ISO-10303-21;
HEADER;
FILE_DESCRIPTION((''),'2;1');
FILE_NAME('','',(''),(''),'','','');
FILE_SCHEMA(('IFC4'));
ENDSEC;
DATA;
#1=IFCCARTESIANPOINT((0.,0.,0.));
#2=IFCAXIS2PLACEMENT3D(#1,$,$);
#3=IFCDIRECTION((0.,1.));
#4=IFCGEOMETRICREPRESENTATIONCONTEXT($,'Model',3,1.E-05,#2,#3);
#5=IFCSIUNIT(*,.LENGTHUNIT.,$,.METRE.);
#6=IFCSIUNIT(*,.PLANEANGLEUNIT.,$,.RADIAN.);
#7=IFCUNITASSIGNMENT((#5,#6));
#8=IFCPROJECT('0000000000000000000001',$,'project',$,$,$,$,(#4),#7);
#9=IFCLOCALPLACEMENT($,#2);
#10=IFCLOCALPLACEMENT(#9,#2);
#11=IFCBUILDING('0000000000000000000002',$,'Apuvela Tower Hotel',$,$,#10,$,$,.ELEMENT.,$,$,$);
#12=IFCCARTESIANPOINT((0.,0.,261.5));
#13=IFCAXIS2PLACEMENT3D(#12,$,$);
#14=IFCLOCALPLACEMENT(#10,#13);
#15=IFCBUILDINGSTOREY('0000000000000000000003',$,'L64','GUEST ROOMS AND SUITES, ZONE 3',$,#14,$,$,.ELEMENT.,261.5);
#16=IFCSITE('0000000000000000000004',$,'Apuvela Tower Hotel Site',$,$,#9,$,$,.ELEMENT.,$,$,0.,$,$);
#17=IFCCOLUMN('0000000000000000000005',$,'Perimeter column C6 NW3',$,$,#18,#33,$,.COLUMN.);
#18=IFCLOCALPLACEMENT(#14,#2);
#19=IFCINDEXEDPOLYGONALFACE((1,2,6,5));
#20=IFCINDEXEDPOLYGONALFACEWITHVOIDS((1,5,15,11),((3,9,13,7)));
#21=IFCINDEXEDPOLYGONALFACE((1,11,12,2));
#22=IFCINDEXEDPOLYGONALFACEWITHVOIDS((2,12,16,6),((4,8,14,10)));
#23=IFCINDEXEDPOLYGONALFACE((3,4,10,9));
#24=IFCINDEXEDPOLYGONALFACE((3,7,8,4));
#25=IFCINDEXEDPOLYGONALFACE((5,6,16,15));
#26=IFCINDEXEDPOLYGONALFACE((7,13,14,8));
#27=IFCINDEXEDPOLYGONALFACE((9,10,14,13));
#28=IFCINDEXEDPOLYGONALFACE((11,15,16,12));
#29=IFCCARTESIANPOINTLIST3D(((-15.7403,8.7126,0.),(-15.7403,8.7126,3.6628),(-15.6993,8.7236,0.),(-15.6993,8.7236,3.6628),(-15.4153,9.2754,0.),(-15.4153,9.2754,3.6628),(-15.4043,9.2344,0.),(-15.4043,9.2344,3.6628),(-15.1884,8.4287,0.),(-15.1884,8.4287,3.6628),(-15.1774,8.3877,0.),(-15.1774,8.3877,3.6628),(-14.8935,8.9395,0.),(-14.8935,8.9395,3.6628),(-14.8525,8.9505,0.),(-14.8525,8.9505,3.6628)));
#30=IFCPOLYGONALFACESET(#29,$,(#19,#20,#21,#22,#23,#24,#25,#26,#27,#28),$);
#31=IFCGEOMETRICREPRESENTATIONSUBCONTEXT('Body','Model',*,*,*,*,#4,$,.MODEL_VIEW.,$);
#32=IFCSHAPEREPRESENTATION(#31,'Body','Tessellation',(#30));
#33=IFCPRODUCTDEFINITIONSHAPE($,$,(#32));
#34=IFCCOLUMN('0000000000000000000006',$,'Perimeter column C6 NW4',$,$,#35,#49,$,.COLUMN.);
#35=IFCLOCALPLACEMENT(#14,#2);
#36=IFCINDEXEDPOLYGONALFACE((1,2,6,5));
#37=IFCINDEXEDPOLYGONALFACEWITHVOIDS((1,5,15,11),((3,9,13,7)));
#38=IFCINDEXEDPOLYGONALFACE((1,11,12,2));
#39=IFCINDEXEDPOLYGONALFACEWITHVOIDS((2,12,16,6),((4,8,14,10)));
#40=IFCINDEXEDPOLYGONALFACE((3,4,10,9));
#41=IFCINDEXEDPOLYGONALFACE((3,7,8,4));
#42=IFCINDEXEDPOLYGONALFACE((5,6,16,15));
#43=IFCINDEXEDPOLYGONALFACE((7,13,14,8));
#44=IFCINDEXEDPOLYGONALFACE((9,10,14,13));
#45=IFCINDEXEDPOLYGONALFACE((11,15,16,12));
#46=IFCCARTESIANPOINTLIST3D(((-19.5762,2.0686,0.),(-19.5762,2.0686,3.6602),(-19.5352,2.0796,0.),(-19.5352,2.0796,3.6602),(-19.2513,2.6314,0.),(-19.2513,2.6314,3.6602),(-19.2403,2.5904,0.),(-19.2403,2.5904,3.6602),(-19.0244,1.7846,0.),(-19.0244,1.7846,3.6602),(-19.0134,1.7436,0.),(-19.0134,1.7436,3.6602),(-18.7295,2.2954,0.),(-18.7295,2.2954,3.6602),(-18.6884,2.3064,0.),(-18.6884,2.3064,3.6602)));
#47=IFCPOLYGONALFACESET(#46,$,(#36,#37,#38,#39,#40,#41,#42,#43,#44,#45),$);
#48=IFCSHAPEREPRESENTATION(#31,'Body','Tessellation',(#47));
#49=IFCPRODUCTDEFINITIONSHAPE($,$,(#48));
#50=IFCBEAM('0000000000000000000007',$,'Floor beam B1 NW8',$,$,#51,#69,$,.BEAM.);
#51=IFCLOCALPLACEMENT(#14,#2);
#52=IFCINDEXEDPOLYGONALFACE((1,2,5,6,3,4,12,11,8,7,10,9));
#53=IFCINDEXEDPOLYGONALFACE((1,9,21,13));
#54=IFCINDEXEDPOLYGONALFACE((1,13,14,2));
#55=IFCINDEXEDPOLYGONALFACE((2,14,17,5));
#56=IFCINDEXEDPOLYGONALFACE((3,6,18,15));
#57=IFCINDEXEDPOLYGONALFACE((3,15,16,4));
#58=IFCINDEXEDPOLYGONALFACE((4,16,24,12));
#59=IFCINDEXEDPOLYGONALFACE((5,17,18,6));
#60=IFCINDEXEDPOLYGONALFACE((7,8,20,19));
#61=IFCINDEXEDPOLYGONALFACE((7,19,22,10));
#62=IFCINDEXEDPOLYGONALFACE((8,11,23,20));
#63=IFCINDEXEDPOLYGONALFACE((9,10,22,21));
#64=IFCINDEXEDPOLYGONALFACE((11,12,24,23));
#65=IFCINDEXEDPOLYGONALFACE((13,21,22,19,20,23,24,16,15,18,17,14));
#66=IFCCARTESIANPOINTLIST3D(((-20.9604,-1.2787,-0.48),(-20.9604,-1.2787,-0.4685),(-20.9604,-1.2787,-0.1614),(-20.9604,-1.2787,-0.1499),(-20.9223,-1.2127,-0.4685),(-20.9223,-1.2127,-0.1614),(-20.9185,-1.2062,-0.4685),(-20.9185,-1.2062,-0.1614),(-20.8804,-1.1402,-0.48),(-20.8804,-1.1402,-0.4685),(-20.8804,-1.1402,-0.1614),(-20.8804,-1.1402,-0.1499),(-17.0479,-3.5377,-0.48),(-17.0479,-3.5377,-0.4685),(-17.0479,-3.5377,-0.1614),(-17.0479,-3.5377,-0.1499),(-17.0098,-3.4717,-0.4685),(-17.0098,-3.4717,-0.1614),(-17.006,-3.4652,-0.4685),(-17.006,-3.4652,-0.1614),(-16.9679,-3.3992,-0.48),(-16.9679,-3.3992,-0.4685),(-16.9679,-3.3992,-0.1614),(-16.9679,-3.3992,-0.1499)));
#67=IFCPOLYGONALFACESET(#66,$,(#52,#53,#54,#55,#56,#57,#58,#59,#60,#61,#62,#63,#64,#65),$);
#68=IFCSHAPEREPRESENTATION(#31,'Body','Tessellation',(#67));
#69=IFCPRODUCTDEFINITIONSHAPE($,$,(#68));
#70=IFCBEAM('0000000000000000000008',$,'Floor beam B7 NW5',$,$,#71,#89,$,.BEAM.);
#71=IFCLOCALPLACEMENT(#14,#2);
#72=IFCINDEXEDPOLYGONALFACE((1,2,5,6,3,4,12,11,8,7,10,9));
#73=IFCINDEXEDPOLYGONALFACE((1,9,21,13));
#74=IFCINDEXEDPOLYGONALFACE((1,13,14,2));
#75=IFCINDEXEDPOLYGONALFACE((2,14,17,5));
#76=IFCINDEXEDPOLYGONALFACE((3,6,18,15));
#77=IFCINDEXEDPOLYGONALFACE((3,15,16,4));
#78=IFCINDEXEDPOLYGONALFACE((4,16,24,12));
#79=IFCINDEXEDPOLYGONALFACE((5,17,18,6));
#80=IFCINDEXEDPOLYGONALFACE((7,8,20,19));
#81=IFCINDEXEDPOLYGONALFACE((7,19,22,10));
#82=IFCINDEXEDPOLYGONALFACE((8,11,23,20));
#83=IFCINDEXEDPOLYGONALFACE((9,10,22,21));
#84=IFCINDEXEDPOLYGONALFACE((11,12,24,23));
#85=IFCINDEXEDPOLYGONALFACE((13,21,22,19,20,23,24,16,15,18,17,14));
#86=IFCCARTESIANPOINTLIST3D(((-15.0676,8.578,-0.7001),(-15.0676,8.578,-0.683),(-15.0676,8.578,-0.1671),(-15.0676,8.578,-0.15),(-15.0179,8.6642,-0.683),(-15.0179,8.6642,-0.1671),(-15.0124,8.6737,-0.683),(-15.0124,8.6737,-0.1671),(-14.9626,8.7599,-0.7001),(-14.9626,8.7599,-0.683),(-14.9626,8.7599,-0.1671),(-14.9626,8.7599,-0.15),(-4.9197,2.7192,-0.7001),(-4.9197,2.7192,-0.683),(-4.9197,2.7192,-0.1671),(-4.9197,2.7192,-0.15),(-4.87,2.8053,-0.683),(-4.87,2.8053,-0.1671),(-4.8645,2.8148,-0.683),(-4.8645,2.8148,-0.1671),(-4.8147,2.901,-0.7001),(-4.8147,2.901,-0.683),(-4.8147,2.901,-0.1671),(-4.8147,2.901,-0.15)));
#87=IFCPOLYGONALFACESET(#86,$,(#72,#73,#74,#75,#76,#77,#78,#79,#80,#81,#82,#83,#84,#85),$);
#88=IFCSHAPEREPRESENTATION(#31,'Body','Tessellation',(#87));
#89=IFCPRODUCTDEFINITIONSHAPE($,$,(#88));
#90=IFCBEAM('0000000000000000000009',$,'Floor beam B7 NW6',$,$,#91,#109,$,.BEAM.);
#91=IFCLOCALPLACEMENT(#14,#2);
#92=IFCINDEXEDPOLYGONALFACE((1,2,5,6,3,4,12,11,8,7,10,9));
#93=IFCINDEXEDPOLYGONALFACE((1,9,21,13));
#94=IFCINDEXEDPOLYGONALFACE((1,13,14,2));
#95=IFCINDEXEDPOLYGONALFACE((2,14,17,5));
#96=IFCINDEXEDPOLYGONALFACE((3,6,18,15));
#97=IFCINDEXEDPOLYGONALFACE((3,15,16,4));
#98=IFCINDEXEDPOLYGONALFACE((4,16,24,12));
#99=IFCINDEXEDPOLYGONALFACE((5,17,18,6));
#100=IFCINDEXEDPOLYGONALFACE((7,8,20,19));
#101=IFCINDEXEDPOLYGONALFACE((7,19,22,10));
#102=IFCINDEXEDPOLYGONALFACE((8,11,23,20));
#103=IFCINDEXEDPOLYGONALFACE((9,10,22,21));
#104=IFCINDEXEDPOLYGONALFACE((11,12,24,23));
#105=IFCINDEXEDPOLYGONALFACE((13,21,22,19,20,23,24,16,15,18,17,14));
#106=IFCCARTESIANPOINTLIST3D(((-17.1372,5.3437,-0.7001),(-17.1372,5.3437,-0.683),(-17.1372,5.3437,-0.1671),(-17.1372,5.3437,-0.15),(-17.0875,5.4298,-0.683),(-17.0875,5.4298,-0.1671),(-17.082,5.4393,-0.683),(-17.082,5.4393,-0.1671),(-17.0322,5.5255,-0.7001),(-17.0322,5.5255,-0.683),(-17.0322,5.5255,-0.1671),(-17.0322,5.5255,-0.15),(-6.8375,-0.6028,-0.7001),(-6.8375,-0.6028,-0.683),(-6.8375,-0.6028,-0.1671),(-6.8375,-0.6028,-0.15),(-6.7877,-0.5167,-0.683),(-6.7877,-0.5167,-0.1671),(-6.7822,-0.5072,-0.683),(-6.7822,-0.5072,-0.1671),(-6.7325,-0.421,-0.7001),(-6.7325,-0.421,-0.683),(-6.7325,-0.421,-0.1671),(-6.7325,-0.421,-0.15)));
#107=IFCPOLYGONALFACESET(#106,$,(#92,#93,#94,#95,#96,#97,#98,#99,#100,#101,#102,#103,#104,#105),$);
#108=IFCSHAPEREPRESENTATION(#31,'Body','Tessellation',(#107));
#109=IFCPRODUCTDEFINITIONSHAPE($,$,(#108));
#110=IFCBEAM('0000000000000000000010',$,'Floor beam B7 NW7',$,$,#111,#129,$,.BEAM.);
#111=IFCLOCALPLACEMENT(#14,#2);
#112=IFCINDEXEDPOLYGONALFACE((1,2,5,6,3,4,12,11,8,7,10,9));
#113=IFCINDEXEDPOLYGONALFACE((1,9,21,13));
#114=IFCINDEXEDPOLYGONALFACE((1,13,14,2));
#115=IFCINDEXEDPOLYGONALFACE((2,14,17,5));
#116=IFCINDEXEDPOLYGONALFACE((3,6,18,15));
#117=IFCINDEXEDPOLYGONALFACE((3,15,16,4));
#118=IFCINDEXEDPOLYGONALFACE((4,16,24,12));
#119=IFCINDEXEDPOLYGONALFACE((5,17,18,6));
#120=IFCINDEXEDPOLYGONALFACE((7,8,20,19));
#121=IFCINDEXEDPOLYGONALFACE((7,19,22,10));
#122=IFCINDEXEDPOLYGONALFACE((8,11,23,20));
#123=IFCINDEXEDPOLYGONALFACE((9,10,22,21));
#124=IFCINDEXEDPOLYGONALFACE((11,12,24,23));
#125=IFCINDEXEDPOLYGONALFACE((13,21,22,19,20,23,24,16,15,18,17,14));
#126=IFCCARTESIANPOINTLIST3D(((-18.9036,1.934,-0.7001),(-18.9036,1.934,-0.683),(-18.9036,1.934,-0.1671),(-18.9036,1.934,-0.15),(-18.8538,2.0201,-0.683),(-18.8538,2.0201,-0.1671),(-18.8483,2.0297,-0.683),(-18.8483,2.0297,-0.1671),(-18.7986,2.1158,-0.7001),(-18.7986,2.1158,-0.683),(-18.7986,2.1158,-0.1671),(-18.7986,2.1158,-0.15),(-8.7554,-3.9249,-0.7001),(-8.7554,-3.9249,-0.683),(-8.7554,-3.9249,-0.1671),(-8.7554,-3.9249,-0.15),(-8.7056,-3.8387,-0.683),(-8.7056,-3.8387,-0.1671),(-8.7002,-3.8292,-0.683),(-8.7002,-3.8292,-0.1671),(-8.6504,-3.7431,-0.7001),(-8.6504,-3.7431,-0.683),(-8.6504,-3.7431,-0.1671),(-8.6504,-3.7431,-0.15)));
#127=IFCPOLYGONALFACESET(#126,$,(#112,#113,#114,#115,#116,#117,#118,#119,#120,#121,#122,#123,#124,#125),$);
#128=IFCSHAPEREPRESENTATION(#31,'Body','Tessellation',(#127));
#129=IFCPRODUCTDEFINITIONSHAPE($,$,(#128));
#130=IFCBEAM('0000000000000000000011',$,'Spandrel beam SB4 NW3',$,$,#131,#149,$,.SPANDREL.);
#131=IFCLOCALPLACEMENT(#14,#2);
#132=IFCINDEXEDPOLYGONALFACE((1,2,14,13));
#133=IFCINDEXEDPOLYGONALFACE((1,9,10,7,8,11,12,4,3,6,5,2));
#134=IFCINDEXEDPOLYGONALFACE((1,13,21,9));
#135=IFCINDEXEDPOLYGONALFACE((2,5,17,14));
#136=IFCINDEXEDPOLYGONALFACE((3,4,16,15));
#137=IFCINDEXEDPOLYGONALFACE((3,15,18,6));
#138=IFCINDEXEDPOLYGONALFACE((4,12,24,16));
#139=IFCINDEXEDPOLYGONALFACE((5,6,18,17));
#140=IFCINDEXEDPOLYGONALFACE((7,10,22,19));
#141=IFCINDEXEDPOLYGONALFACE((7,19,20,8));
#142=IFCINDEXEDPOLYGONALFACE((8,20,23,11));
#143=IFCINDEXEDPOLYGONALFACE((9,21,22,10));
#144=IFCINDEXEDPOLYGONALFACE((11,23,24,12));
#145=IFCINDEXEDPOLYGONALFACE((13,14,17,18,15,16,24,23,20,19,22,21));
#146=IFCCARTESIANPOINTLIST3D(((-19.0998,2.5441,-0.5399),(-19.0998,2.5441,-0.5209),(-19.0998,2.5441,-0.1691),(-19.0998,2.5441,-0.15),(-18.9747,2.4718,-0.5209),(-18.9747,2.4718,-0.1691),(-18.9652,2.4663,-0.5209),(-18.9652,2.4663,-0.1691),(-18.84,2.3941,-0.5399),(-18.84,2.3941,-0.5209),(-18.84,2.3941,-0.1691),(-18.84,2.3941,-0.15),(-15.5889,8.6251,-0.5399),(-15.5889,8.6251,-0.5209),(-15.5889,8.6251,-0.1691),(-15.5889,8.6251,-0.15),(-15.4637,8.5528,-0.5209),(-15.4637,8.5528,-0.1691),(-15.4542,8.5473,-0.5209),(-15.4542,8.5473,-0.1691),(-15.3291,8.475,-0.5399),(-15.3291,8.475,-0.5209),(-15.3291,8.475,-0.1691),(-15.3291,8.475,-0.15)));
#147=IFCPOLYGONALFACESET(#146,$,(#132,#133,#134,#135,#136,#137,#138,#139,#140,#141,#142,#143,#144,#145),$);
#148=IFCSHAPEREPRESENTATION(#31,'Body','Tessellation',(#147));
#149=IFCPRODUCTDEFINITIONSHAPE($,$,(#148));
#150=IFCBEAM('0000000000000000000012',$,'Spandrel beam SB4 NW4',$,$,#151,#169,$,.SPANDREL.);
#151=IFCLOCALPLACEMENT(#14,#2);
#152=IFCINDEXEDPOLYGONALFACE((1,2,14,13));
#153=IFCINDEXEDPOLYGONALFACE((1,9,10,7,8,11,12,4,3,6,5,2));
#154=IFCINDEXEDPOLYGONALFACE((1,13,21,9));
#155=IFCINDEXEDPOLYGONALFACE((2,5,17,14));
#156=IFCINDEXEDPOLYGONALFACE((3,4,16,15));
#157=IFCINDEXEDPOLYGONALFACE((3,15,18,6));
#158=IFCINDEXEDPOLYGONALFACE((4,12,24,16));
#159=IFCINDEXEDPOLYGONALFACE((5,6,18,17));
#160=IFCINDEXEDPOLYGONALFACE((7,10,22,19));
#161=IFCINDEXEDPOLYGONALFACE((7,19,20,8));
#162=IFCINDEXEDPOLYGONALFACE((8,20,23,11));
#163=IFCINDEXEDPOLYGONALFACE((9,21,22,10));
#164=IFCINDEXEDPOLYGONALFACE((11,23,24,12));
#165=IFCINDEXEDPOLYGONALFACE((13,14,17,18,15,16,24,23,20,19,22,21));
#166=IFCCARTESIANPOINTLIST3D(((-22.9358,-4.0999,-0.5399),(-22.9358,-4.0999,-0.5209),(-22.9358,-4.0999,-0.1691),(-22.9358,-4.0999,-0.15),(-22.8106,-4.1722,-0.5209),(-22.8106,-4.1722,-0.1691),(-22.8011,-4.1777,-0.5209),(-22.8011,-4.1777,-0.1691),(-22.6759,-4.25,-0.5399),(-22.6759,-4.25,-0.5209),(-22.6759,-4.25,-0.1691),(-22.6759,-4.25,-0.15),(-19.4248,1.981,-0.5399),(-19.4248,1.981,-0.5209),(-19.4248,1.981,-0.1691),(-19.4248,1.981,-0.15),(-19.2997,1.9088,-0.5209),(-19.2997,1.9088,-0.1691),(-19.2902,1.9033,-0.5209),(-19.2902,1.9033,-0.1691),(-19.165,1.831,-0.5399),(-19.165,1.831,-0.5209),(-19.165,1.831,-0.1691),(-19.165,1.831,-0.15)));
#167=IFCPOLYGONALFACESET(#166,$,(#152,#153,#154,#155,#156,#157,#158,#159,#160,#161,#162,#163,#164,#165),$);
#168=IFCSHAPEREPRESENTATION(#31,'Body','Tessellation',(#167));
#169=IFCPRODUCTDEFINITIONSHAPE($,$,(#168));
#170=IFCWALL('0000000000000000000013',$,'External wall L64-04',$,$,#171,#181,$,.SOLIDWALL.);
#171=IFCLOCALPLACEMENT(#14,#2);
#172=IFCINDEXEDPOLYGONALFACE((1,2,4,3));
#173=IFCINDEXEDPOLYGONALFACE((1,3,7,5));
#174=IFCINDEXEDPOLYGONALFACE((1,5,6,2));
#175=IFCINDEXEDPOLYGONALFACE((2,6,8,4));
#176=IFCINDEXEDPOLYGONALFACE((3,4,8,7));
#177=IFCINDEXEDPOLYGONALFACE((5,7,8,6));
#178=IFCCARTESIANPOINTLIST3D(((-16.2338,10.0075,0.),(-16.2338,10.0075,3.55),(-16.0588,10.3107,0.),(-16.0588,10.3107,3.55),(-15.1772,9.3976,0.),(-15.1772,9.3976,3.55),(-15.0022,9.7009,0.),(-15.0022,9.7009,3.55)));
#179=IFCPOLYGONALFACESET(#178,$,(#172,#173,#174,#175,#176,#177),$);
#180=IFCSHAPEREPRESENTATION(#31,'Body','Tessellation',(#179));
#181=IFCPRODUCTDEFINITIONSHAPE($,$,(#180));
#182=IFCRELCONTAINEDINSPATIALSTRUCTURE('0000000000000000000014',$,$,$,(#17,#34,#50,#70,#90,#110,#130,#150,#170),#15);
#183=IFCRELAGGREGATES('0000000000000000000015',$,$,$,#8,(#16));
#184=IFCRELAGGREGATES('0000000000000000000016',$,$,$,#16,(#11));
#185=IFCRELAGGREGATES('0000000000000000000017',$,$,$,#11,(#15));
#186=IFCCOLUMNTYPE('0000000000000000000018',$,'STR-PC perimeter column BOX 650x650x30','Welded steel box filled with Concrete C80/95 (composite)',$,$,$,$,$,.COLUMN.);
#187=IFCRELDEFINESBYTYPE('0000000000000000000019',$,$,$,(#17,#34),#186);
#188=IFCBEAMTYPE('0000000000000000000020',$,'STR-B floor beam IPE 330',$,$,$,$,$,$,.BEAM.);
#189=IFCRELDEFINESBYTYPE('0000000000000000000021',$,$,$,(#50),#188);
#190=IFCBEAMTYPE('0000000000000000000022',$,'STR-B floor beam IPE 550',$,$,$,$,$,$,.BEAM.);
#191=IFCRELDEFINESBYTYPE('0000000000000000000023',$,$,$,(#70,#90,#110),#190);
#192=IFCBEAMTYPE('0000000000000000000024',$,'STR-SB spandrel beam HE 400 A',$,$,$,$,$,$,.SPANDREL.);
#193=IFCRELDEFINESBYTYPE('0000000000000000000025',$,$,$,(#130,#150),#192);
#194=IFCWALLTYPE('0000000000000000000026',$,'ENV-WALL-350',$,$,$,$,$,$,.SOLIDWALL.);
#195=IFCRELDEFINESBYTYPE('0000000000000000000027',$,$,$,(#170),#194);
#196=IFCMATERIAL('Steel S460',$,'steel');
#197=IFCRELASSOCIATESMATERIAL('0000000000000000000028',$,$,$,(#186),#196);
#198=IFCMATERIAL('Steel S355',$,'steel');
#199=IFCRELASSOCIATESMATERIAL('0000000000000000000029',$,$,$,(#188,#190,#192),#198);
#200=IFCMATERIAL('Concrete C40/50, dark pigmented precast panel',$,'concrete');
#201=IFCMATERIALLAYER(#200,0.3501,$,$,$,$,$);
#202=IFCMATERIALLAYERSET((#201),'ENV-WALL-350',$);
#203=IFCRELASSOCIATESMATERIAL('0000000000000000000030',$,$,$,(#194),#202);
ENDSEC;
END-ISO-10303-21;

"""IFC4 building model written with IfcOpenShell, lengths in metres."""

from ifc_helpers import new_model, si_unit, direction, frame, frame_2d, origin, origin_2d, place, context, subcontext, project, spatial, rectangle, hollow_rectangle, i_section, extrude, boolean, halfspace, material, layer, layer_set, material_profile, profile_set, type_object, element, save


model = new_model("IFC4")

# Units and contexts
model_context = context("Model", 3, precision=1e-05, world=origin(), true_north=direction((0.0, 1.0)))
body_context = subcontext(model_context, "Body", "Model", "MODEL_VIEW")
ifc_project = project(units=[si_unit("LENGTHUNIT", "METRE"), si_unit("PLANEANGLEUNIT", "RADIAN")], contexts=[model_context])

# Site, building, storey
site_placement = place(None, origin())
site = spatial("IfcSite", under=ifc_project, at=site_placement, Name="Apuvela Tower Hotel Site", CompositionType="ELEMENT", RefElevation=0.0)
building_placement = place(site_placement, origin())
building = spatial("IfcBuilding", under=site, at=building_placement, Name="Apuvela Tower Hotel", CompositionType="ELEMENT")
storey_placement = place(building_placement, frame((0.0, 0.0, 261.5)))
storey = spatial("IfcBuildingStorey", under=building, at=storey_placement, Name="L64", Description="GUEST ROOMS AND SUITES, ZONE 3", CompositionType="ELEMENT", Elevation=261.5)

# Columns
ifc_material_1 = material(Name="Steel S460", Category="steel")
ifc_material_profile_1 = material_profile(ifc_material_1, hollow_rectangle(XDim=0.6499, YDim=0.6499, WallThickness=0.03, at=origin_2d()), Name="BOX 650x650x30")
ifc_material_2 = material(Name="Concrete C80/95", Category="concrete")
ifc_material_profile_2 = material_profile(ifc_material_2, rectangle(XDim=0.5901, YDim=0.5901, at=origin_2d()), Name="Concrete C80/95 infill")
ifc_profile_set_1 = profile_set([ifc_material_profile_1, ifc_material_profile_2], Name="Steel S460")
column_type = type_object("IfcColumnType", Name="STR-PC perimeter column BOX 650x650x30", Description="Welded steel box filled with Concrete C80/95 (composite)", PredefinedType="COLUMN", material=ifc_profile_set_1)
column_1_placement = place(storey_placement, frame((-15.2964, 8.8315, 0.0), z_axis=(0.0, 0.0, 1.0), x_axis=(0.5, 0.866025, 0.0)))
element("IfcColumn", 1, at=column_1_placement, inside=storey, type_object=column_type, Name="Perimeter column C6 NW3", PredefinedType="COLUMN", context=body_context, shape_type="SweptSolid", body=[
    boolean("DIFFERENCE", extrude(hollow_rectangle(XDim=0.6499, YDim=0.6499, WallThickness=0.03, at=origin_2d()), origin(), (0.0, 0.0, 1.0), 3.7), halfspace(frame((0.0, 0.0, 3.6628), z_axis=(0.0, 0.0, 1.0), x_axis=(1.0, 0.0, 0.0)), False)),
])
column_2_placement = place(storey_placement, frame((-19.1323, 2.1875, 0.0), z_axis=(0.0, 0.0, 1.0), x_axis=(0.5, 0.866025, 0.0)))
element("IfcColumn", 2, at=column_2_placement, inside=storey, type_object=column_type, Name="Perimeter column C6 NW4", PredefinedType="COLUMN", context=body_context, shape_type="SweptSolid", body=[
    boolean("DIFFERENCE", extrude(hollow_rectangle(XDim=0.6499, YDim=0.6499, WallThickness=0.03, at=origin_2d()), origin(), (0.0, 0.0, 1.0), 3.7), halfspace(frame((0.0, 0.0, 3.6602), z_axis=(0.0, 0.0, 1.0), x_axis=(1.0, 0.0, 0.0)), False)),
])

# Beams
ifc_material_3 = material(Name="Steel S355", Category="steel")
ifc_material_profile_3 = material_profile(ifc_material_3, i_section(OverallWidth=0.1599, OverallDepth=0.3301, WebThickness=0.0076, FlangeThickness=0.0115, at=origin_2d()), Name="IPE 330")
ifc_profile_set_2 = profile_set([ifc_material_profile_3], Name="Steel S355")
beam_type_1 = type_object("IfcBeamType", Name="STR-B floor beam IPE 330", PredefinedType="BEAM", material=ifc_profile_set_2)
beam_1_placement = place(storey_placement, frame((-20.9204, -1.2095, -0.3149), z_axis=(0.866016, -0.500016, 0.0), x_axis=(0.500016, 0.866016, 0.0)))
element("IfcBeam", 3, at=beam_1_placement, inside=storey, type_object=beam_type_1, Name="Floor beam B1 NW8", PredefinedType="BEAM", context=body_context, shape_type="SweptSolid", body=[
    extrude(i_section(OverallWidth=0.1599, OverallDepth=0.3301, WebThickness=0.0076, FlangeThickness=0.0115, at=origin_2d()), origin(), (0.0, 0.0, 1.0), 4.5178),
])
ifc_material_profile_4 = material_profile(ifc_material_3, i_section(OverallWidth=0.21, OverallDepth=0.55, WebThickness=0.011, FlangeThickness=0.0171, at=origin_2d()), Name="IPE 550")
ifc_profile_set_3 = profile_set([ifc_material_profile_4], Name="Steel S355")
beam_type_2 = type_object("IfcBeamType", Name="STR-B floor beam IPE 550", PredefinedType="BEAM", material=ifc_profile_set_3)
beam_2_placement = place(storey_placement, frame((-15.0151, 8.6689, -0.425), z_axis=(0.866027, -0.499998, 0.0), x_axis=(0.499998, 0.866027, 0.0)))
element("IfcBeam", 4, at=beam_2_placement, inside=storey, type_object=beam_type_2, Name="Floor beam B7 NW5", PredefinedType="BEAM", context=body_context, shape_type="SweptSolid", body=[
    extrude(i_section(OverallWidth=0.21, OverallDepth=0.55, WebThickness=0.011, FlangeThickness=0.0171, at=origin_2d()), origin(), (0.0, 0.0, 1.0), 11.7178),
])
beam_3_placement = place(storey_placement, frame((-17.0847, 5.4346, -0.425), z_axis=(0.866028, -0.499996, 0.0), x_axis=(0.499996, 0.866028, 0.0)))
element("IfcBeam", 5, at=beam_3_placement, inside=storey, type_object=beam_type_2, Name="Floor beam B7 NW6", PredefinedType="BEAM", context=body_context, shape_type="SweptSolid", body=[
    extrude(i_section(OverallWidth=0.21, OverallDepth=0.55, WebThickness=0.011, FlangeThickness=0.0171, at=origin_2d()), origin(), (0.0, 0.0, 1.0), 11.8931),
])
beam_4_placement = place(storey_placement, frame((-18.8511, 2.0249, -0.425), z_axis=(0.866032, -0.499989, 0.0), x_axis=(0.499989, 0.866032, 0.0)))
element("IfcBeam", 6, at=beam_4_placement, inside=storey, type_object=beam_type_2, Name="Floor beam B7 NW7", PredefinedType="BEAM", context=body_context, shape_type="SweptSolid", body=[
    extrude(i_section(OverallWidth=0.21, OverallDepth=0.55, WebThickness=0.011, FlangeThickness=0.0171, at=origin_2d()), origin(), (0.0, 0.0, 1.0), 11.718),
])
ifc_material_profile_5 = material_profile(ifc_material_3, i_section(OverallWidth=0.3, OverallDepth=0.3899, WebThickness=0.011, FlangeThickness=0.019, at=origin_2d()), Name="HE 400 A")
ifc_profile_set_4 = profile_set([ifc_material_profile_5], Name="Steel S355")
beam_type_3 = type_object("IfcBeamType", Name="STR-SB spandrel beam HE 400 A", PredefinedType="SPANDREL", material=ifc_profile_set_4)
for number, where, z_axis, x_axis, name in (
    (7, (-15.459, 8.55, -0.345), (-0.500009, -0.86602, 0.0), (0.86602, -0.500009, 0.0), "Spandrel beam SB4 NW3"),
    (8, (-19.2949, 1.906, -0.345), (-0.500009, -0.86602, 0.0), (0.86602, -0.500009, 0.0), "Spandrel beam SB4 NW4"),
):
    element("IfcBeam", number, at=place(storey_placement, frame(where, z_axis=z_axis, x_axis=x_axis)), inside=storey, type_object=beam_type_3, Name=name, PredefinedType="SPANDREL", context=body_context, shape_type="SweptSolid", body=[
        extrude(i_section(OverallWidth=0.3, OverallDepth=0.3899, WebThickness=0.011, FlangeThickness=0.019, at=origin_2d()), origin(), (0.0, 0.0, 1.0), 7.0217),
    ])

# Wall
ifc_material_4 = material(Name="Concrete C40/50, dark pigmented precast panel", Category="concrete")
ifc_layer_1 = layer(ifc_material_4, 0.3501)
ifc_layer_set_1 = layer_set([ifc_layer_1], Name="ENV-WALL-350")
wall_type_1 = type_object("IfcWallType", Name="ENV-WALL-350", PredefinedType="SOLIDWALL", material=ifc_layer_set_1)
wall_1_placement = place(storey_placement, frame((-15.0898, 9.5493, 0.0), z_axis=(0.0, 0.0, 1.0), x_axis=(-0.866092, 0.499884, 0.0)))
element("IfcWall", 9, at=wall_1_placement, inside=storey, type_object=wall_type_1, Name="External wall L64-04", PredefinedType="SOLIDWALL", context=body_context, shape_type="SweptSolid", body=[
    extrude(rectangle(XDim=1.22, YDim=0.3501, at=frame_2d((0.6099, 0.0))), origin(), (0.0, 0.0, 1.0), 3.55),
])

save(model, "model.ifc")
